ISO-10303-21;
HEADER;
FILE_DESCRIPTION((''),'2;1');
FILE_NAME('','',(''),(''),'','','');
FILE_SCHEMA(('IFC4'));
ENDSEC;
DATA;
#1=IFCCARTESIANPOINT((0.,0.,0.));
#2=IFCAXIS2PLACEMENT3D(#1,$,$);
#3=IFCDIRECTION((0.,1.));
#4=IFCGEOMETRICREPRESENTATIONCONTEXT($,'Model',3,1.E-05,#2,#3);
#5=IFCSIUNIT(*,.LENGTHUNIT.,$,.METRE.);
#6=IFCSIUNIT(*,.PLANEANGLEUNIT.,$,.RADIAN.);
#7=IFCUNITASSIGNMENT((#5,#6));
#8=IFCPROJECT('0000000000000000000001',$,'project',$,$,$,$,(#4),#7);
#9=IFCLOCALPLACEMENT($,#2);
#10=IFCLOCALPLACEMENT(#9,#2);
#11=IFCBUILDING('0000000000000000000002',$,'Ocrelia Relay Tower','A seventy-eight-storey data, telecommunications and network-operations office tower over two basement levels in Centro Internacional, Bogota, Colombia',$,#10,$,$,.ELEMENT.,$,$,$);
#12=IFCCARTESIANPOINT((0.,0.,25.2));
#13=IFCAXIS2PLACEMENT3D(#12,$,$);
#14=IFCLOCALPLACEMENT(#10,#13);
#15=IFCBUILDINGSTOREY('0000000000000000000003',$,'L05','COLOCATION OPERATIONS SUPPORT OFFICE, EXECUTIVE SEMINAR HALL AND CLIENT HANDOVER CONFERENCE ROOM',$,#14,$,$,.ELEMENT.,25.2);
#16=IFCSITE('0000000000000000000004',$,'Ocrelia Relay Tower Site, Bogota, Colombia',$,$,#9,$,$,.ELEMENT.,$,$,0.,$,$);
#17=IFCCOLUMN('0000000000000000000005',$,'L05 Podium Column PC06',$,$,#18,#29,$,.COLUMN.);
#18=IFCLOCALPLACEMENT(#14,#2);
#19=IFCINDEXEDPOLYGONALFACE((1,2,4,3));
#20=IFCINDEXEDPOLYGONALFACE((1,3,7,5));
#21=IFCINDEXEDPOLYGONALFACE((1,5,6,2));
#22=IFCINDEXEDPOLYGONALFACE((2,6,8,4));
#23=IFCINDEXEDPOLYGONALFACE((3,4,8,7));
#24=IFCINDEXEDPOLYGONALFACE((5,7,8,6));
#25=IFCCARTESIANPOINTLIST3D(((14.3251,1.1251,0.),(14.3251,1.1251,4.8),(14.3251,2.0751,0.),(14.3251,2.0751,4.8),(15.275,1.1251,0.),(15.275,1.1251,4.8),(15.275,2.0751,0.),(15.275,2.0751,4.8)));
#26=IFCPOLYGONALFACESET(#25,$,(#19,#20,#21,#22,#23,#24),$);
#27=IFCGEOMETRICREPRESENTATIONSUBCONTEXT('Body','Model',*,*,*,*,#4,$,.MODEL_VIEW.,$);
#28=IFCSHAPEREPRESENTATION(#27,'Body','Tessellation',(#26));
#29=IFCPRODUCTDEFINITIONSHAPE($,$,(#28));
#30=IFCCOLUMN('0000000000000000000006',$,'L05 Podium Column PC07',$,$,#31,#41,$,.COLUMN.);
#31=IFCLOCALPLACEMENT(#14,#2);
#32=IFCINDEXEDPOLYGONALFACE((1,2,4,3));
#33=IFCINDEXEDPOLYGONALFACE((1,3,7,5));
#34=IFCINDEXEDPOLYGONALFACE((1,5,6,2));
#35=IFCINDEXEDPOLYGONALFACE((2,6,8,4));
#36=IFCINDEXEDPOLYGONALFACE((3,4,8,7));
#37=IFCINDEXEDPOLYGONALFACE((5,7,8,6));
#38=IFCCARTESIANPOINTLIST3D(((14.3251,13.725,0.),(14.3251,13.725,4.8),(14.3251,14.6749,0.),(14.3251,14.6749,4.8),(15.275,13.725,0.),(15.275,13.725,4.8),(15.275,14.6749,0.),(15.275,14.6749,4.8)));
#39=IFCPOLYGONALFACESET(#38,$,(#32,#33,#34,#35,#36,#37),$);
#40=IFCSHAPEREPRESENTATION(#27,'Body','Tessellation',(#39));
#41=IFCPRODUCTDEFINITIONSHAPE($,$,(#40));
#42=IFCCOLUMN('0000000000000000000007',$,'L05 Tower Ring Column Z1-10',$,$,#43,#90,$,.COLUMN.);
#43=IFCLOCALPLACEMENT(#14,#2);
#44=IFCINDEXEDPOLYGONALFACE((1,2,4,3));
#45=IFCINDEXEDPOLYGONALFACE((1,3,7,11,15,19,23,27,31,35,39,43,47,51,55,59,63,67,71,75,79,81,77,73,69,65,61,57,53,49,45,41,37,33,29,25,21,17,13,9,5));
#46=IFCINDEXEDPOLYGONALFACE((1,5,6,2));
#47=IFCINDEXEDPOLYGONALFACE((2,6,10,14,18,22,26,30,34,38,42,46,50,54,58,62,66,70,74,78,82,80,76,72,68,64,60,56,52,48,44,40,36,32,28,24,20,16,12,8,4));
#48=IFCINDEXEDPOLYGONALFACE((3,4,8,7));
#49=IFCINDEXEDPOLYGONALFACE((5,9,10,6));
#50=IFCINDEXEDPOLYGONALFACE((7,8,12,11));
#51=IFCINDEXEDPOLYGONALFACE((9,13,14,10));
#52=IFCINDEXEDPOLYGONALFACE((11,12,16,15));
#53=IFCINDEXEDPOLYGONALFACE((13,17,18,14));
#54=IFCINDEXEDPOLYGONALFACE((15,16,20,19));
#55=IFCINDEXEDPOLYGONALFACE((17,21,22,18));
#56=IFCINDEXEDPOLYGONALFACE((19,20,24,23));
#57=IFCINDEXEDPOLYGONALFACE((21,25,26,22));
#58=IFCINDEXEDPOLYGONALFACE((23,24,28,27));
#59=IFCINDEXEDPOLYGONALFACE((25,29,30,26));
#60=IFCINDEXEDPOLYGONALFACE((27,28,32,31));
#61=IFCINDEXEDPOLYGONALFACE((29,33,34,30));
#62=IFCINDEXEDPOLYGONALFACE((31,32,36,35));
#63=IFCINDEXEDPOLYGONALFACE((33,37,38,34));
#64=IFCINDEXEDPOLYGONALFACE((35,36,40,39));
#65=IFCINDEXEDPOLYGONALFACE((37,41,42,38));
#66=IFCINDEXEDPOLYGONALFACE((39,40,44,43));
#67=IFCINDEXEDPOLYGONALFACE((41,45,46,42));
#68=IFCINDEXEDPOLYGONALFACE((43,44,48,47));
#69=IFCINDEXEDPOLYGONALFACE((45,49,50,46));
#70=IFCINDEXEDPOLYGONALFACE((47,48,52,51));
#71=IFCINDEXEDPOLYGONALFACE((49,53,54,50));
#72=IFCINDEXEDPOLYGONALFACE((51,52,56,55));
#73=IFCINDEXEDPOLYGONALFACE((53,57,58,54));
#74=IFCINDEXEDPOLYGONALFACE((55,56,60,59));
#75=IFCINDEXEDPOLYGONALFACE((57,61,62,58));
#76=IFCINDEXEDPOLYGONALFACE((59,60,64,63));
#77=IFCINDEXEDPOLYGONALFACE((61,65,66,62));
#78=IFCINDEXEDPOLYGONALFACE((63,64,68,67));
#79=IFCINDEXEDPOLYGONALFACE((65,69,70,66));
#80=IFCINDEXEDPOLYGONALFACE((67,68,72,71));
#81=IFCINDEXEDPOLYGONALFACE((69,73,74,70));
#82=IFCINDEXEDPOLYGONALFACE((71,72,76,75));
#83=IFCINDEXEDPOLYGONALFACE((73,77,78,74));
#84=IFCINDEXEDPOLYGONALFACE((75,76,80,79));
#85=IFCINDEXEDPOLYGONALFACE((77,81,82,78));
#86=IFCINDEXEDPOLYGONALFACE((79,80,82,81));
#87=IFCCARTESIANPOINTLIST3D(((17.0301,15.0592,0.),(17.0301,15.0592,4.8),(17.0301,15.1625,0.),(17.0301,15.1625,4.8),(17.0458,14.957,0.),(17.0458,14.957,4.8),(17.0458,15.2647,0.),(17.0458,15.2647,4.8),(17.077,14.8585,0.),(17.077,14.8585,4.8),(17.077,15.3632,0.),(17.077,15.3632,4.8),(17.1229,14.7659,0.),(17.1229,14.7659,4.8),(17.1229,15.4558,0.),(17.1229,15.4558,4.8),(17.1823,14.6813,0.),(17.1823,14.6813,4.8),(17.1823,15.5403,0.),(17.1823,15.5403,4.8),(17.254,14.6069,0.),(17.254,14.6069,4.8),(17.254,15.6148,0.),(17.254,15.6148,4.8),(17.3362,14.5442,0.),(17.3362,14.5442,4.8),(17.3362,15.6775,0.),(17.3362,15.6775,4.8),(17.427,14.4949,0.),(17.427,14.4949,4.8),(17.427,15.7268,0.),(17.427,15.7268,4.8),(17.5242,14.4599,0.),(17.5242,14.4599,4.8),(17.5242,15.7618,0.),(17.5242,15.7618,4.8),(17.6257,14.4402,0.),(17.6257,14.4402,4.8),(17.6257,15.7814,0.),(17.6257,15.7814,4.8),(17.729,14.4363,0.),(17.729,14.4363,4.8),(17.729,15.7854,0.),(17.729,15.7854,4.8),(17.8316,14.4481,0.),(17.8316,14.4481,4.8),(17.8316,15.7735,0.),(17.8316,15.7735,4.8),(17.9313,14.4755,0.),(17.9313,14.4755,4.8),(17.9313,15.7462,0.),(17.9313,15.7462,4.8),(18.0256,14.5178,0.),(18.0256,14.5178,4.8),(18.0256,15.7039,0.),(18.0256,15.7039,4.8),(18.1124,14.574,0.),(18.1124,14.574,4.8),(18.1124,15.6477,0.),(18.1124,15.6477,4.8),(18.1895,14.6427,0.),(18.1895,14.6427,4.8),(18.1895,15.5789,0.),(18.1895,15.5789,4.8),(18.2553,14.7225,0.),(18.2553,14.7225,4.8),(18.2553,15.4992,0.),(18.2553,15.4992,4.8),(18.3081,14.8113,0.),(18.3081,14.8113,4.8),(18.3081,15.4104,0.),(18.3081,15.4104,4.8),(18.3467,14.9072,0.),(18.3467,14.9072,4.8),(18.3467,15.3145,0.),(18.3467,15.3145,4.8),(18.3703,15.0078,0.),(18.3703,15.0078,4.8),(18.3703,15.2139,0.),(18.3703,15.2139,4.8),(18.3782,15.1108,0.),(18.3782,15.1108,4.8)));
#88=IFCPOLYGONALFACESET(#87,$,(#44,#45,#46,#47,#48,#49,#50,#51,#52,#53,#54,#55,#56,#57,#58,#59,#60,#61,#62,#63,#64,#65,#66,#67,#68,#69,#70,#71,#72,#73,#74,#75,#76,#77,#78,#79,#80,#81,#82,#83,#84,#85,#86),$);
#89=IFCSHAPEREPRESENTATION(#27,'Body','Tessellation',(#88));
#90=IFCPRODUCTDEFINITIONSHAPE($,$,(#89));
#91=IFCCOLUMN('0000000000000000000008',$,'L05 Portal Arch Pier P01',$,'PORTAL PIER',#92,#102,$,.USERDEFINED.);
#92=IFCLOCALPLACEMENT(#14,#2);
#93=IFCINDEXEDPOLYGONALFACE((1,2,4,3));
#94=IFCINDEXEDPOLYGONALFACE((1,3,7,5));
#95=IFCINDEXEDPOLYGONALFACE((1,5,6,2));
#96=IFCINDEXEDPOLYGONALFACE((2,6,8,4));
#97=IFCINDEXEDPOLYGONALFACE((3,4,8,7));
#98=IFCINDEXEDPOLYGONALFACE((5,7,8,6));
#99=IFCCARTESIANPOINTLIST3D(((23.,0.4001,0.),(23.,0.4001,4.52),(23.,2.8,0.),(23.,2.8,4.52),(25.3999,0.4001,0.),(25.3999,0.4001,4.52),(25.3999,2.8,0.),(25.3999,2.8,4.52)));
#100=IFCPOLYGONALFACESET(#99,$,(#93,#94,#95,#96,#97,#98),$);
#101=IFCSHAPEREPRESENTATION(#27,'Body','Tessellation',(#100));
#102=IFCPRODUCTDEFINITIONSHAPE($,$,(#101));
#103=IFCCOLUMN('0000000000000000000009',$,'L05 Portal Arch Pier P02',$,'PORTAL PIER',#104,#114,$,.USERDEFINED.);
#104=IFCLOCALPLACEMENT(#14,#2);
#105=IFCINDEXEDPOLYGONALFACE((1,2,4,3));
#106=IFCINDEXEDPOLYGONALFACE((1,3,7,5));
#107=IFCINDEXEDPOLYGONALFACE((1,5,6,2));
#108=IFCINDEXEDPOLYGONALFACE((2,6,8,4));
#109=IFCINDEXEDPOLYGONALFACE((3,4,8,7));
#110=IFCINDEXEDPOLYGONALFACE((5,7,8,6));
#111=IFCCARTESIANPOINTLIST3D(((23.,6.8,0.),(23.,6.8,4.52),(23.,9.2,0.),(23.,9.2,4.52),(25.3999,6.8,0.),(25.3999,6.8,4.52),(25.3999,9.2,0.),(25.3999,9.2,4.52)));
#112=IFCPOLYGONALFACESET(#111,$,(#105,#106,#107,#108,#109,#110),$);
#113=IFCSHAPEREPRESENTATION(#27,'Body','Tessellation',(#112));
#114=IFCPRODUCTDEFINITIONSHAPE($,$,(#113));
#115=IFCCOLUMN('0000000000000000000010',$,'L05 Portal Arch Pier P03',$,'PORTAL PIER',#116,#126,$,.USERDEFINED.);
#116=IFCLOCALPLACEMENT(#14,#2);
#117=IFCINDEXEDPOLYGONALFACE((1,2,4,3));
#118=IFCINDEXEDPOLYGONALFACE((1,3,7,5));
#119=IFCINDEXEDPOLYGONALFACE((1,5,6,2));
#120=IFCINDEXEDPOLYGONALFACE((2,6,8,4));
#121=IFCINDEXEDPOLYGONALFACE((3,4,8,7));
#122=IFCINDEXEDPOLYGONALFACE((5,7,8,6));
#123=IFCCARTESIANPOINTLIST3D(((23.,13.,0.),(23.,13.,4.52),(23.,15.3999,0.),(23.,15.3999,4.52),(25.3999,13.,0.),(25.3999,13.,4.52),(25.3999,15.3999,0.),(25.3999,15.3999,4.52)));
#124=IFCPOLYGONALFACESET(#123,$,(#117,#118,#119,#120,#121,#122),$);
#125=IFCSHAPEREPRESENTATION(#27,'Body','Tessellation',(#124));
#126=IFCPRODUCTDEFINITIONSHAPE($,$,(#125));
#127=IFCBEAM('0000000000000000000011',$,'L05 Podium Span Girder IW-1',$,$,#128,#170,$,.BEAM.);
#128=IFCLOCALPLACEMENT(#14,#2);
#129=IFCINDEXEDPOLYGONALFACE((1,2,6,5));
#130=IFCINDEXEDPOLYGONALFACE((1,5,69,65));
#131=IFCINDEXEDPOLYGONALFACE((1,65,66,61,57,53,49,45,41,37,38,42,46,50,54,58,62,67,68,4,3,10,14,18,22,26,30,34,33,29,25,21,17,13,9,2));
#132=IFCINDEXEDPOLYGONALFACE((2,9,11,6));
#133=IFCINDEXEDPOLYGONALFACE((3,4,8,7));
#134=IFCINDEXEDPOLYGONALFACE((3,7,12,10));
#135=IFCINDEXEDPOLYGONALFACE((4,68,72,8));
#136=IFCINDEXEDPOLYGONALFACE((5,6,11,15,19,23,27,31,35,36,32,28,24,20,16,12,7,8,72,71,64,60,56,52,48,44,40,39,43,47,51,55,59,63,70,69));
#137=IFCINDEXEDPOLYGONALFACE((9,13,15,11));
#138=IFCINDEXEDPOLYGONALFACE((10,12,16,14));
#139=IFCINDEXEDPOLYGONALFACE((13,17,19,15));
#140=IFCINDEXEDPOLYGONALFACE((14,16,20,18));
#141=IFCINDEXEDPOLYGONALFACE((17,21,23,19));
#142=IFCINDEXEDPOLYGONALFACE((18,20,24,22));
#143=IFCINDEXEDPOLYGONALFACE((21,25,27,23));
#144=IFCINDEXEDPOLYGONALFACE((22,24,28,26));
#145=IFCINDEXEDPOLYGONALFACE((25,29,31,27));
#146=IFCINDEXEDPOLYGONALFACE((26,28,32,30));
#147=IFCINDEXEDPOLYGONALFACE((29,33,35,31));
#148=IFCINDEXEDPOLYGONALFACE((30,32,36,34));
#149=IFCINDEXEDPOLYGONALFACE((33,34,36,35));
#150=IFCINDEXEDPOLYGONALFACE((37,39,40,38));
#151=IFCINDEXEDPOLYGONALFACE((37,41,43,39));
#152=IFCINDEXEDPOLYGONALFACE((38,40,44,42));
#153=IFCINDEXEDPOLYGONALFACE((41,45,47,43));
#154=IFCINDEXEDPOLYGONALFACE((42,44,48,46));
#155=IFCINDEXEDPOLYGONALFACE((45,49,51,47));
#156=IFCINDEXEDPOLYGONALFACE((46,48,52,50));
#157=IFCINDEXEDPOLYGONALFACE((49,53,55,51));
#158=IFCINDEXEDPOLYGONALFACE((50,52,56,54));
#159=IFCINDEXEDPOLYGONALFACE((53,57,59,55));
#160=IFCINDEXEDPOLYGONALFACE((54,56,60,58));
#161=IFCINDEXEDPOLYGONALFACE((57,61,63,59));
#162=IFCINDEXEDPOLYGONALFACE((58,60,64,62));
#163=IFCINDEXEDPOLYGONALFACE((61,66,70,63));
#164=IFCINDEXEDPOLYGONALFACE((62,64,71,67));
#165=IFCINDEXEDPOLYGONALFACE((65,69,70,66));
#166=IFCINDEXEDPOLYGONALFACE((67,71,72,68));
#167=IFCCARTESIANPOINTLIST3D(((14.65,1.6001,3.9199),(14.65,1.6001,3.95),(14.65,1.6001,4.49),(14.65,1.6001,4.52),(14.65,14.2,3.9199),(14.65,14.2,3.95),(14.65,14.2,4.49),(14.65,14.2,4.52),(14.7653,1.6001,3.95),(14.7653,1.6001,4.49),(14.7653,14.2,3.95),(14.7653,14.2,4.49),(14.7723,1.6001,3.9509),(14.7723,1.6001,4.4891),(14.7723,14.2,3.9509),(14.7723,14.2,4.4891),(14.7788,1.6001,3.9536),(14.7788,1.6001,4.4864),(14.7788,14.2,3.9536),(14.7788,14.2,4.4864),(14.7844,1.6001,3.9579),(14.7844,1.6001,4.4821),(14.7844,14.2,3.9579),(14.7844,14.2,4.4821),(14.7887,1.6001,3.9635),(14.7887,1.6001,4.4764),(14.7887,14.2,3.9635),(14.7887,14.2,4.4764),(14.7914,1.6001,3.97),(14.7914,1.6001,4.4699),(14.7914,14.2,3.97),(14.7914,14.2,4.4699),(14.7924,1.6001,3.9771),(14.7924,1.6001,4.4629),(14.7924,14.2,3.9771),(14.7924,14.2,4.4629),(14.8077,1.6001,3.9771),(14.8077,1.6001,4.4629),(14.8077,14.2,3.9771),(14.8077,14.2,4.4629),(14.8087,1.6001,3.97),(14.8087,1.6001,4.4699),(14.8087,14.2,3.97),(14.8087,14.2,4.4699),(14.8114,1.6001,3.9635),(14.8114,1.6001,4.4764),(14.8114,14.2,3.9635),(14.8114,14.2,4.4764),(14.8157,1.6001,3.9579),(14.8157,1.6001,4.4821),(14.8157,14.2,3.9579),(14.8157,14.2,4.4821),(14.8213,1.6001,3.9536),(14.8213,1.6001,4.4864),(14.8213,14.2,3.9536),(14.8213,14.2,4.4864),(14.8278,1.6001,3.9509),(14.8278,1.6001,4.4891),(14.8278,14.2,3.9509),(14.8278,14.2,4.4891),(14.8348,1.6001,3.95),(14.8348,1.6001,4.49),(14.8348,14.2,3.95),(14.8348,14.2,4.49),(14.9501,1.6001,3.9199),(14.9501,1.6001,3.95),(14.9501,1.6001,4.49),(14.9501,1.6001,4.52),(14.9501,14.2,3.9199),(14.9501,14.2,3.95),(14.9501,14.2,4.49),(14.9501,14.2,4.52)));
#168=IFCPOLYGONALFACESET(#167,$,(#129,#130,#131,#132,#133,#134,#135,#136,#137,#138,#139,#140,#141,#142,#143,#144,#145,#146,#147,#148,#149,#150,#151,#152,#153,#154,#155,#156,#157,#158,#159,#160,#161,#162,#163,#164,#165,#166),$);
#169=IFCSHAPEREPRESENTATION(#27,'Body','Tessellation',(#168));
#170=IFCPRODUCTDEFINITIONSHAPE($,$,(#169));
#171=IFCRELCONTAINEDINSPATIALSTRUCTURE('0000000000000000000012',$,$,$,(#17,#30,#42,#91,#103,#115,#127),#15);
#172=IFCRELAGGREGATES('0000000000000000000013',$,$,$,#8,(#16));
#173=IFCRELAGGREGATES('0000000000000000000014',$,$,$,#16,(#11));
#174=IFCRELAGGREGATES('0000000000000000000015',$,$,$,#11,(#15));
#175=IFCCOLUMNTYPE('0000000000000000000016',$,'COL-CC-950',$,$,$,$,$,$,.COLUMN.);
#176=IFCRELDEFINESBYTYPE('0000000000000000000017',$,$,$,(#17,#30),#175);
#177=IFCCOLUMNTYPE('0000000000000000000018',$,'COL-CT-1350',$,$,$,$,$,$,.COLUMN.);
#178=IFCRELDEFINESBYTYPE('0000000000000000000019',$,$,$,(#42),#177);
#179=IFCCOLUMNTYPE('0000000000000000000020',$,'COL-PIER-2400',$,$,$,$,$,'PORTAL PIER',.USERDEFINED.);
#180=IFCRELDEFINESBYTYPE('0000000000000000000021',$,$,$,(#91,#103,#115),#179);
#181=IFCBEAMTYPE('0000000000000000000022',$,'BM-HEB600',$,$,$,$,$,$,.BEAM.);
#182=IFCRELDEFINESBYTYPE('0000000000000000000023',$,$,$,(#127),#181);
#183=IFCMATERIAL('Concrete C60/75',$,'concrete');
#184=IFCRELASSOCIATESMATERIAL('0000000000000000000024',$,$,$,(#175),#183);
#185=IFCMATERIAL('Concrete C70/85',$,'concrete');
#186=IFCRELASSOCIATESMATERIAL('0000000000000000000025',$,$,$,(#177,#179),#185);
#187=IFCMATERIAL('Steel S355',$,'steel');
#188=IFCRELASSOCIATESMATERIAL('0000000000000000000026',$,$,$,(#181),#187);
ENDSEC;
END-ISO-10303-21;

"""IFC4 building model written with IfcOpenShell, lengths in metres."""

from ifc_helpers import new_model, si_unit, direction, frame, origin, origin_2d, place, context, subcontext, project, spatial, rectangle, circle, i_section, extrude, material, material_profile, profile_set, type_object, element, save


model = new_model("IFC4")

# Units and contexts
model_context = context("Model", 3, precision=1e-05, world=origin(), true_north=direction((0.0, 1.0)))
body_context = subcontext(model_context, "Body", "Model", "MODEL_VIEW")
ifc_project = project(units=[si_unit("LENGTHUNIT", "METRE"), si_unit("PLANEANGLEUNIT", "RADIAN")], contexts=[model_context])

# Site, building, storey
site_placement = place(None, origin())
site = spatial("IfcSite", under=ifc_project, at=site_placement, Name="Ocrelia Relay Tower Site, Bogota, Colombia", CompositionType="ELEMENT", RefElevation=0.0)
building_placement = place(site_placement, origin())
building = spatial("IfcBuilding", under=site, at=building_placement, Name="Ocrelia Relay Tower", Description="A seventy-eight-storey data, telecommunications and network-operations office tower over two basement levels in Centro Internacional, Bogota, Colombia", CompositionType="ELEMENT")
storey_placement = place(building_placement, frame((0.0, 0.0, 25.2)))
storey = spatial("IfcBuildingStorey", under=building, at=storey_placement, Name="L05", Description="COLOCATION OPERATIONS SUPPORT OFFICE, EXECUTIVE SEMINAR HALL AND CLIENT HANDOVER CONFERENCE ROOM", CompositionType="ELEMENT", Elevation=25.2)

# Columns
ifc_material_1 = material(Name="Concrete C60/75", Category="concrete")
ifc_material_profile_1 = material_profile(ifc_material_1, rectangle(XDim=0.95, YDim=0.95, at=origin_2d()), Name="RC-COL-950x950")
ifc_profile_set_1 = profile_set([ifc_material_profile_1], Name="Concrete C60/75")
column_type_1 = type_object("IfcColumnType", Name="COL-CC-950", PredefinedType="COLUMN", material=ifc_profile_set_1)
for number, where, z_axis, x_axis, name in (
    (1, (14.8, 1.6001, 0.0), (0.0, 0.0, 1.0), (1.0, 0.0, 0.0), "L05 Podium Column PC06"),
    (2, (14.8, 14.2, 0.0), (0.0, 0.0, 1.0), (1.0, 0.0, 0.0), "L05 Podium Column PC07"),
):
    element("IfcColumn", number, at=place(storey_placement, frame(where, z_axis=z_axis, x_axis=x_axis)), inside=storey, type_object=column_type_1, Name=name, PredefinedType="COLUMN", context=body_context, shape_type="SweptSolid", body=[
        extrude(rectangle(XDim=0.95, YDim=0.95, at=origin_2d()), origin(), (0.0, 0.0, 1.0), 4.8),
    ])
ifc_material_2 = material(Name="Concrete C70/85", Category="concrete")
ifc_material_profile_2 = material_profile(ifc_material_2, circle(Radius=0.675, at=origin_2d()), Name="RC-CIR-1350")
ifc_profile_set_2 = profile_set([ifc_material_profile_2], Name="Concrete C70/85")
column_type_2 = type_object("IfcColumnType", Name="COL-CT-1350", PredefinedType="COLUMN", material=ifc_profile_set_2)
column_placement = place(storey_placement, frame((17.7031, 15.1108, 0.0), z_axis=(0.0, 0.0, 1.0), x_axis=(1.0, 0.0, 0.0)))
element("IfcColumn", 3, at=column_placement, inside=storey, type_object=column_type_2, Name="L05 Tower Ring Column Z1-10", PredefinedType="COLUMN", context=body_context, shape_type="SweptSolid", body=[
    extrude(circle(Radius=0.675, at=origin_2d()), origin(), (0.0, 0.0, 1.0), 4.8),
])
ifc_material_profile_3 = material_profile(ifc_material_2, rectangle(XDim=2.3999, YDim=2.3999, at=origin_2d()), Name="RC-PIER-2400x2400")
ifc_profile_set_3 = profile_set([ifc_material_profile_3], Name="Concrete C70/85")
column_type_3 = type_object("IfcColumnType", Name="COL-PIER-2400", ElementType="PORTAL PIER", PredefinedType="USERDEFINED", material=ifc_profile_set_3)
for number, where, z_axis, x_axis, name in (
    (4, (24.2, 1.6001, 0.0), (0.0, 0.0, 1.0), (1.0, 0.0, 0.0), "L05 Portal Arch Pier P01"),
    (5, (24.2, 8.0, 0.0), (0.0, 0.0, 1.0), (1.0, 0.0, 0.0), "L05 Portal Arch Pier P02"),
    (6, (24.2, 14.2, 0.0), (0.0, 0.0, 1.0), (1.0, 0.0, 0.0), "L05 Portal Arch Pier P03"),
):
    element("IfcColumn", number, at=place(storey_placement, frame(where, z_axis=z_axis, x_axis=x_axis)), inside=storey, type_object=column_type_3, Name=name, ObjectType="PORTAL PIER", PredefinedType="USERDEFINED", context=body_context, shape_type="SweptSolid", body=[
        extrude(rectangle(XDim=2.3999, YDim=2.3999, at=origin_2d()), origin(), (0.0, 0.0, 1.0), 4.52),
    ])

# Beam
ifc_material_3 = material(Name="Steel S355", Category="steel")
ifc_material_profile_4 = material_profile(ifc_material_3, i_section(OverallWidth=0.3, OverallDepth=0.6001, WebThickness=0.0154, FlangeThickness=0.03, FilletRadius=0.0271, at=origin_2d()), Name="HEB 600")
ifc_profile_set_4 = profile_set([ifc_material_profile_4], Name="Steel S355")
beam_type_1 = type_object("IfcBeamType", Name="BM-HEB600", PredefinedType="BEAM", material=ifc_profile_set_4)
beam_1_placement = place(storey_placement, frame((14.8, 1.6001, 4.22), z_axis=(0.0, 1.0, 0.0), x_axis=(-1.0, 0.0, 0.0)))
element("IfcBeam", 7, at=beam_1_placement, inside=storey, type_object=beam_type_1, Name="L05 Podium Span Girder IW-1", PredefinedType="BEAM", context=body_context, shape_type="SweptSolid", body=[
    extrude(i_section(OverallWidth=0.3, OverallDepth=0.6001, WebThickness=0.0154, FlangeThickness=0.03, FilletRadius=0.0271, at=origin_2d()), origin(), (0.0, 0.0, 1.0), 12.5999),
])

save(model, "model.ifc")
